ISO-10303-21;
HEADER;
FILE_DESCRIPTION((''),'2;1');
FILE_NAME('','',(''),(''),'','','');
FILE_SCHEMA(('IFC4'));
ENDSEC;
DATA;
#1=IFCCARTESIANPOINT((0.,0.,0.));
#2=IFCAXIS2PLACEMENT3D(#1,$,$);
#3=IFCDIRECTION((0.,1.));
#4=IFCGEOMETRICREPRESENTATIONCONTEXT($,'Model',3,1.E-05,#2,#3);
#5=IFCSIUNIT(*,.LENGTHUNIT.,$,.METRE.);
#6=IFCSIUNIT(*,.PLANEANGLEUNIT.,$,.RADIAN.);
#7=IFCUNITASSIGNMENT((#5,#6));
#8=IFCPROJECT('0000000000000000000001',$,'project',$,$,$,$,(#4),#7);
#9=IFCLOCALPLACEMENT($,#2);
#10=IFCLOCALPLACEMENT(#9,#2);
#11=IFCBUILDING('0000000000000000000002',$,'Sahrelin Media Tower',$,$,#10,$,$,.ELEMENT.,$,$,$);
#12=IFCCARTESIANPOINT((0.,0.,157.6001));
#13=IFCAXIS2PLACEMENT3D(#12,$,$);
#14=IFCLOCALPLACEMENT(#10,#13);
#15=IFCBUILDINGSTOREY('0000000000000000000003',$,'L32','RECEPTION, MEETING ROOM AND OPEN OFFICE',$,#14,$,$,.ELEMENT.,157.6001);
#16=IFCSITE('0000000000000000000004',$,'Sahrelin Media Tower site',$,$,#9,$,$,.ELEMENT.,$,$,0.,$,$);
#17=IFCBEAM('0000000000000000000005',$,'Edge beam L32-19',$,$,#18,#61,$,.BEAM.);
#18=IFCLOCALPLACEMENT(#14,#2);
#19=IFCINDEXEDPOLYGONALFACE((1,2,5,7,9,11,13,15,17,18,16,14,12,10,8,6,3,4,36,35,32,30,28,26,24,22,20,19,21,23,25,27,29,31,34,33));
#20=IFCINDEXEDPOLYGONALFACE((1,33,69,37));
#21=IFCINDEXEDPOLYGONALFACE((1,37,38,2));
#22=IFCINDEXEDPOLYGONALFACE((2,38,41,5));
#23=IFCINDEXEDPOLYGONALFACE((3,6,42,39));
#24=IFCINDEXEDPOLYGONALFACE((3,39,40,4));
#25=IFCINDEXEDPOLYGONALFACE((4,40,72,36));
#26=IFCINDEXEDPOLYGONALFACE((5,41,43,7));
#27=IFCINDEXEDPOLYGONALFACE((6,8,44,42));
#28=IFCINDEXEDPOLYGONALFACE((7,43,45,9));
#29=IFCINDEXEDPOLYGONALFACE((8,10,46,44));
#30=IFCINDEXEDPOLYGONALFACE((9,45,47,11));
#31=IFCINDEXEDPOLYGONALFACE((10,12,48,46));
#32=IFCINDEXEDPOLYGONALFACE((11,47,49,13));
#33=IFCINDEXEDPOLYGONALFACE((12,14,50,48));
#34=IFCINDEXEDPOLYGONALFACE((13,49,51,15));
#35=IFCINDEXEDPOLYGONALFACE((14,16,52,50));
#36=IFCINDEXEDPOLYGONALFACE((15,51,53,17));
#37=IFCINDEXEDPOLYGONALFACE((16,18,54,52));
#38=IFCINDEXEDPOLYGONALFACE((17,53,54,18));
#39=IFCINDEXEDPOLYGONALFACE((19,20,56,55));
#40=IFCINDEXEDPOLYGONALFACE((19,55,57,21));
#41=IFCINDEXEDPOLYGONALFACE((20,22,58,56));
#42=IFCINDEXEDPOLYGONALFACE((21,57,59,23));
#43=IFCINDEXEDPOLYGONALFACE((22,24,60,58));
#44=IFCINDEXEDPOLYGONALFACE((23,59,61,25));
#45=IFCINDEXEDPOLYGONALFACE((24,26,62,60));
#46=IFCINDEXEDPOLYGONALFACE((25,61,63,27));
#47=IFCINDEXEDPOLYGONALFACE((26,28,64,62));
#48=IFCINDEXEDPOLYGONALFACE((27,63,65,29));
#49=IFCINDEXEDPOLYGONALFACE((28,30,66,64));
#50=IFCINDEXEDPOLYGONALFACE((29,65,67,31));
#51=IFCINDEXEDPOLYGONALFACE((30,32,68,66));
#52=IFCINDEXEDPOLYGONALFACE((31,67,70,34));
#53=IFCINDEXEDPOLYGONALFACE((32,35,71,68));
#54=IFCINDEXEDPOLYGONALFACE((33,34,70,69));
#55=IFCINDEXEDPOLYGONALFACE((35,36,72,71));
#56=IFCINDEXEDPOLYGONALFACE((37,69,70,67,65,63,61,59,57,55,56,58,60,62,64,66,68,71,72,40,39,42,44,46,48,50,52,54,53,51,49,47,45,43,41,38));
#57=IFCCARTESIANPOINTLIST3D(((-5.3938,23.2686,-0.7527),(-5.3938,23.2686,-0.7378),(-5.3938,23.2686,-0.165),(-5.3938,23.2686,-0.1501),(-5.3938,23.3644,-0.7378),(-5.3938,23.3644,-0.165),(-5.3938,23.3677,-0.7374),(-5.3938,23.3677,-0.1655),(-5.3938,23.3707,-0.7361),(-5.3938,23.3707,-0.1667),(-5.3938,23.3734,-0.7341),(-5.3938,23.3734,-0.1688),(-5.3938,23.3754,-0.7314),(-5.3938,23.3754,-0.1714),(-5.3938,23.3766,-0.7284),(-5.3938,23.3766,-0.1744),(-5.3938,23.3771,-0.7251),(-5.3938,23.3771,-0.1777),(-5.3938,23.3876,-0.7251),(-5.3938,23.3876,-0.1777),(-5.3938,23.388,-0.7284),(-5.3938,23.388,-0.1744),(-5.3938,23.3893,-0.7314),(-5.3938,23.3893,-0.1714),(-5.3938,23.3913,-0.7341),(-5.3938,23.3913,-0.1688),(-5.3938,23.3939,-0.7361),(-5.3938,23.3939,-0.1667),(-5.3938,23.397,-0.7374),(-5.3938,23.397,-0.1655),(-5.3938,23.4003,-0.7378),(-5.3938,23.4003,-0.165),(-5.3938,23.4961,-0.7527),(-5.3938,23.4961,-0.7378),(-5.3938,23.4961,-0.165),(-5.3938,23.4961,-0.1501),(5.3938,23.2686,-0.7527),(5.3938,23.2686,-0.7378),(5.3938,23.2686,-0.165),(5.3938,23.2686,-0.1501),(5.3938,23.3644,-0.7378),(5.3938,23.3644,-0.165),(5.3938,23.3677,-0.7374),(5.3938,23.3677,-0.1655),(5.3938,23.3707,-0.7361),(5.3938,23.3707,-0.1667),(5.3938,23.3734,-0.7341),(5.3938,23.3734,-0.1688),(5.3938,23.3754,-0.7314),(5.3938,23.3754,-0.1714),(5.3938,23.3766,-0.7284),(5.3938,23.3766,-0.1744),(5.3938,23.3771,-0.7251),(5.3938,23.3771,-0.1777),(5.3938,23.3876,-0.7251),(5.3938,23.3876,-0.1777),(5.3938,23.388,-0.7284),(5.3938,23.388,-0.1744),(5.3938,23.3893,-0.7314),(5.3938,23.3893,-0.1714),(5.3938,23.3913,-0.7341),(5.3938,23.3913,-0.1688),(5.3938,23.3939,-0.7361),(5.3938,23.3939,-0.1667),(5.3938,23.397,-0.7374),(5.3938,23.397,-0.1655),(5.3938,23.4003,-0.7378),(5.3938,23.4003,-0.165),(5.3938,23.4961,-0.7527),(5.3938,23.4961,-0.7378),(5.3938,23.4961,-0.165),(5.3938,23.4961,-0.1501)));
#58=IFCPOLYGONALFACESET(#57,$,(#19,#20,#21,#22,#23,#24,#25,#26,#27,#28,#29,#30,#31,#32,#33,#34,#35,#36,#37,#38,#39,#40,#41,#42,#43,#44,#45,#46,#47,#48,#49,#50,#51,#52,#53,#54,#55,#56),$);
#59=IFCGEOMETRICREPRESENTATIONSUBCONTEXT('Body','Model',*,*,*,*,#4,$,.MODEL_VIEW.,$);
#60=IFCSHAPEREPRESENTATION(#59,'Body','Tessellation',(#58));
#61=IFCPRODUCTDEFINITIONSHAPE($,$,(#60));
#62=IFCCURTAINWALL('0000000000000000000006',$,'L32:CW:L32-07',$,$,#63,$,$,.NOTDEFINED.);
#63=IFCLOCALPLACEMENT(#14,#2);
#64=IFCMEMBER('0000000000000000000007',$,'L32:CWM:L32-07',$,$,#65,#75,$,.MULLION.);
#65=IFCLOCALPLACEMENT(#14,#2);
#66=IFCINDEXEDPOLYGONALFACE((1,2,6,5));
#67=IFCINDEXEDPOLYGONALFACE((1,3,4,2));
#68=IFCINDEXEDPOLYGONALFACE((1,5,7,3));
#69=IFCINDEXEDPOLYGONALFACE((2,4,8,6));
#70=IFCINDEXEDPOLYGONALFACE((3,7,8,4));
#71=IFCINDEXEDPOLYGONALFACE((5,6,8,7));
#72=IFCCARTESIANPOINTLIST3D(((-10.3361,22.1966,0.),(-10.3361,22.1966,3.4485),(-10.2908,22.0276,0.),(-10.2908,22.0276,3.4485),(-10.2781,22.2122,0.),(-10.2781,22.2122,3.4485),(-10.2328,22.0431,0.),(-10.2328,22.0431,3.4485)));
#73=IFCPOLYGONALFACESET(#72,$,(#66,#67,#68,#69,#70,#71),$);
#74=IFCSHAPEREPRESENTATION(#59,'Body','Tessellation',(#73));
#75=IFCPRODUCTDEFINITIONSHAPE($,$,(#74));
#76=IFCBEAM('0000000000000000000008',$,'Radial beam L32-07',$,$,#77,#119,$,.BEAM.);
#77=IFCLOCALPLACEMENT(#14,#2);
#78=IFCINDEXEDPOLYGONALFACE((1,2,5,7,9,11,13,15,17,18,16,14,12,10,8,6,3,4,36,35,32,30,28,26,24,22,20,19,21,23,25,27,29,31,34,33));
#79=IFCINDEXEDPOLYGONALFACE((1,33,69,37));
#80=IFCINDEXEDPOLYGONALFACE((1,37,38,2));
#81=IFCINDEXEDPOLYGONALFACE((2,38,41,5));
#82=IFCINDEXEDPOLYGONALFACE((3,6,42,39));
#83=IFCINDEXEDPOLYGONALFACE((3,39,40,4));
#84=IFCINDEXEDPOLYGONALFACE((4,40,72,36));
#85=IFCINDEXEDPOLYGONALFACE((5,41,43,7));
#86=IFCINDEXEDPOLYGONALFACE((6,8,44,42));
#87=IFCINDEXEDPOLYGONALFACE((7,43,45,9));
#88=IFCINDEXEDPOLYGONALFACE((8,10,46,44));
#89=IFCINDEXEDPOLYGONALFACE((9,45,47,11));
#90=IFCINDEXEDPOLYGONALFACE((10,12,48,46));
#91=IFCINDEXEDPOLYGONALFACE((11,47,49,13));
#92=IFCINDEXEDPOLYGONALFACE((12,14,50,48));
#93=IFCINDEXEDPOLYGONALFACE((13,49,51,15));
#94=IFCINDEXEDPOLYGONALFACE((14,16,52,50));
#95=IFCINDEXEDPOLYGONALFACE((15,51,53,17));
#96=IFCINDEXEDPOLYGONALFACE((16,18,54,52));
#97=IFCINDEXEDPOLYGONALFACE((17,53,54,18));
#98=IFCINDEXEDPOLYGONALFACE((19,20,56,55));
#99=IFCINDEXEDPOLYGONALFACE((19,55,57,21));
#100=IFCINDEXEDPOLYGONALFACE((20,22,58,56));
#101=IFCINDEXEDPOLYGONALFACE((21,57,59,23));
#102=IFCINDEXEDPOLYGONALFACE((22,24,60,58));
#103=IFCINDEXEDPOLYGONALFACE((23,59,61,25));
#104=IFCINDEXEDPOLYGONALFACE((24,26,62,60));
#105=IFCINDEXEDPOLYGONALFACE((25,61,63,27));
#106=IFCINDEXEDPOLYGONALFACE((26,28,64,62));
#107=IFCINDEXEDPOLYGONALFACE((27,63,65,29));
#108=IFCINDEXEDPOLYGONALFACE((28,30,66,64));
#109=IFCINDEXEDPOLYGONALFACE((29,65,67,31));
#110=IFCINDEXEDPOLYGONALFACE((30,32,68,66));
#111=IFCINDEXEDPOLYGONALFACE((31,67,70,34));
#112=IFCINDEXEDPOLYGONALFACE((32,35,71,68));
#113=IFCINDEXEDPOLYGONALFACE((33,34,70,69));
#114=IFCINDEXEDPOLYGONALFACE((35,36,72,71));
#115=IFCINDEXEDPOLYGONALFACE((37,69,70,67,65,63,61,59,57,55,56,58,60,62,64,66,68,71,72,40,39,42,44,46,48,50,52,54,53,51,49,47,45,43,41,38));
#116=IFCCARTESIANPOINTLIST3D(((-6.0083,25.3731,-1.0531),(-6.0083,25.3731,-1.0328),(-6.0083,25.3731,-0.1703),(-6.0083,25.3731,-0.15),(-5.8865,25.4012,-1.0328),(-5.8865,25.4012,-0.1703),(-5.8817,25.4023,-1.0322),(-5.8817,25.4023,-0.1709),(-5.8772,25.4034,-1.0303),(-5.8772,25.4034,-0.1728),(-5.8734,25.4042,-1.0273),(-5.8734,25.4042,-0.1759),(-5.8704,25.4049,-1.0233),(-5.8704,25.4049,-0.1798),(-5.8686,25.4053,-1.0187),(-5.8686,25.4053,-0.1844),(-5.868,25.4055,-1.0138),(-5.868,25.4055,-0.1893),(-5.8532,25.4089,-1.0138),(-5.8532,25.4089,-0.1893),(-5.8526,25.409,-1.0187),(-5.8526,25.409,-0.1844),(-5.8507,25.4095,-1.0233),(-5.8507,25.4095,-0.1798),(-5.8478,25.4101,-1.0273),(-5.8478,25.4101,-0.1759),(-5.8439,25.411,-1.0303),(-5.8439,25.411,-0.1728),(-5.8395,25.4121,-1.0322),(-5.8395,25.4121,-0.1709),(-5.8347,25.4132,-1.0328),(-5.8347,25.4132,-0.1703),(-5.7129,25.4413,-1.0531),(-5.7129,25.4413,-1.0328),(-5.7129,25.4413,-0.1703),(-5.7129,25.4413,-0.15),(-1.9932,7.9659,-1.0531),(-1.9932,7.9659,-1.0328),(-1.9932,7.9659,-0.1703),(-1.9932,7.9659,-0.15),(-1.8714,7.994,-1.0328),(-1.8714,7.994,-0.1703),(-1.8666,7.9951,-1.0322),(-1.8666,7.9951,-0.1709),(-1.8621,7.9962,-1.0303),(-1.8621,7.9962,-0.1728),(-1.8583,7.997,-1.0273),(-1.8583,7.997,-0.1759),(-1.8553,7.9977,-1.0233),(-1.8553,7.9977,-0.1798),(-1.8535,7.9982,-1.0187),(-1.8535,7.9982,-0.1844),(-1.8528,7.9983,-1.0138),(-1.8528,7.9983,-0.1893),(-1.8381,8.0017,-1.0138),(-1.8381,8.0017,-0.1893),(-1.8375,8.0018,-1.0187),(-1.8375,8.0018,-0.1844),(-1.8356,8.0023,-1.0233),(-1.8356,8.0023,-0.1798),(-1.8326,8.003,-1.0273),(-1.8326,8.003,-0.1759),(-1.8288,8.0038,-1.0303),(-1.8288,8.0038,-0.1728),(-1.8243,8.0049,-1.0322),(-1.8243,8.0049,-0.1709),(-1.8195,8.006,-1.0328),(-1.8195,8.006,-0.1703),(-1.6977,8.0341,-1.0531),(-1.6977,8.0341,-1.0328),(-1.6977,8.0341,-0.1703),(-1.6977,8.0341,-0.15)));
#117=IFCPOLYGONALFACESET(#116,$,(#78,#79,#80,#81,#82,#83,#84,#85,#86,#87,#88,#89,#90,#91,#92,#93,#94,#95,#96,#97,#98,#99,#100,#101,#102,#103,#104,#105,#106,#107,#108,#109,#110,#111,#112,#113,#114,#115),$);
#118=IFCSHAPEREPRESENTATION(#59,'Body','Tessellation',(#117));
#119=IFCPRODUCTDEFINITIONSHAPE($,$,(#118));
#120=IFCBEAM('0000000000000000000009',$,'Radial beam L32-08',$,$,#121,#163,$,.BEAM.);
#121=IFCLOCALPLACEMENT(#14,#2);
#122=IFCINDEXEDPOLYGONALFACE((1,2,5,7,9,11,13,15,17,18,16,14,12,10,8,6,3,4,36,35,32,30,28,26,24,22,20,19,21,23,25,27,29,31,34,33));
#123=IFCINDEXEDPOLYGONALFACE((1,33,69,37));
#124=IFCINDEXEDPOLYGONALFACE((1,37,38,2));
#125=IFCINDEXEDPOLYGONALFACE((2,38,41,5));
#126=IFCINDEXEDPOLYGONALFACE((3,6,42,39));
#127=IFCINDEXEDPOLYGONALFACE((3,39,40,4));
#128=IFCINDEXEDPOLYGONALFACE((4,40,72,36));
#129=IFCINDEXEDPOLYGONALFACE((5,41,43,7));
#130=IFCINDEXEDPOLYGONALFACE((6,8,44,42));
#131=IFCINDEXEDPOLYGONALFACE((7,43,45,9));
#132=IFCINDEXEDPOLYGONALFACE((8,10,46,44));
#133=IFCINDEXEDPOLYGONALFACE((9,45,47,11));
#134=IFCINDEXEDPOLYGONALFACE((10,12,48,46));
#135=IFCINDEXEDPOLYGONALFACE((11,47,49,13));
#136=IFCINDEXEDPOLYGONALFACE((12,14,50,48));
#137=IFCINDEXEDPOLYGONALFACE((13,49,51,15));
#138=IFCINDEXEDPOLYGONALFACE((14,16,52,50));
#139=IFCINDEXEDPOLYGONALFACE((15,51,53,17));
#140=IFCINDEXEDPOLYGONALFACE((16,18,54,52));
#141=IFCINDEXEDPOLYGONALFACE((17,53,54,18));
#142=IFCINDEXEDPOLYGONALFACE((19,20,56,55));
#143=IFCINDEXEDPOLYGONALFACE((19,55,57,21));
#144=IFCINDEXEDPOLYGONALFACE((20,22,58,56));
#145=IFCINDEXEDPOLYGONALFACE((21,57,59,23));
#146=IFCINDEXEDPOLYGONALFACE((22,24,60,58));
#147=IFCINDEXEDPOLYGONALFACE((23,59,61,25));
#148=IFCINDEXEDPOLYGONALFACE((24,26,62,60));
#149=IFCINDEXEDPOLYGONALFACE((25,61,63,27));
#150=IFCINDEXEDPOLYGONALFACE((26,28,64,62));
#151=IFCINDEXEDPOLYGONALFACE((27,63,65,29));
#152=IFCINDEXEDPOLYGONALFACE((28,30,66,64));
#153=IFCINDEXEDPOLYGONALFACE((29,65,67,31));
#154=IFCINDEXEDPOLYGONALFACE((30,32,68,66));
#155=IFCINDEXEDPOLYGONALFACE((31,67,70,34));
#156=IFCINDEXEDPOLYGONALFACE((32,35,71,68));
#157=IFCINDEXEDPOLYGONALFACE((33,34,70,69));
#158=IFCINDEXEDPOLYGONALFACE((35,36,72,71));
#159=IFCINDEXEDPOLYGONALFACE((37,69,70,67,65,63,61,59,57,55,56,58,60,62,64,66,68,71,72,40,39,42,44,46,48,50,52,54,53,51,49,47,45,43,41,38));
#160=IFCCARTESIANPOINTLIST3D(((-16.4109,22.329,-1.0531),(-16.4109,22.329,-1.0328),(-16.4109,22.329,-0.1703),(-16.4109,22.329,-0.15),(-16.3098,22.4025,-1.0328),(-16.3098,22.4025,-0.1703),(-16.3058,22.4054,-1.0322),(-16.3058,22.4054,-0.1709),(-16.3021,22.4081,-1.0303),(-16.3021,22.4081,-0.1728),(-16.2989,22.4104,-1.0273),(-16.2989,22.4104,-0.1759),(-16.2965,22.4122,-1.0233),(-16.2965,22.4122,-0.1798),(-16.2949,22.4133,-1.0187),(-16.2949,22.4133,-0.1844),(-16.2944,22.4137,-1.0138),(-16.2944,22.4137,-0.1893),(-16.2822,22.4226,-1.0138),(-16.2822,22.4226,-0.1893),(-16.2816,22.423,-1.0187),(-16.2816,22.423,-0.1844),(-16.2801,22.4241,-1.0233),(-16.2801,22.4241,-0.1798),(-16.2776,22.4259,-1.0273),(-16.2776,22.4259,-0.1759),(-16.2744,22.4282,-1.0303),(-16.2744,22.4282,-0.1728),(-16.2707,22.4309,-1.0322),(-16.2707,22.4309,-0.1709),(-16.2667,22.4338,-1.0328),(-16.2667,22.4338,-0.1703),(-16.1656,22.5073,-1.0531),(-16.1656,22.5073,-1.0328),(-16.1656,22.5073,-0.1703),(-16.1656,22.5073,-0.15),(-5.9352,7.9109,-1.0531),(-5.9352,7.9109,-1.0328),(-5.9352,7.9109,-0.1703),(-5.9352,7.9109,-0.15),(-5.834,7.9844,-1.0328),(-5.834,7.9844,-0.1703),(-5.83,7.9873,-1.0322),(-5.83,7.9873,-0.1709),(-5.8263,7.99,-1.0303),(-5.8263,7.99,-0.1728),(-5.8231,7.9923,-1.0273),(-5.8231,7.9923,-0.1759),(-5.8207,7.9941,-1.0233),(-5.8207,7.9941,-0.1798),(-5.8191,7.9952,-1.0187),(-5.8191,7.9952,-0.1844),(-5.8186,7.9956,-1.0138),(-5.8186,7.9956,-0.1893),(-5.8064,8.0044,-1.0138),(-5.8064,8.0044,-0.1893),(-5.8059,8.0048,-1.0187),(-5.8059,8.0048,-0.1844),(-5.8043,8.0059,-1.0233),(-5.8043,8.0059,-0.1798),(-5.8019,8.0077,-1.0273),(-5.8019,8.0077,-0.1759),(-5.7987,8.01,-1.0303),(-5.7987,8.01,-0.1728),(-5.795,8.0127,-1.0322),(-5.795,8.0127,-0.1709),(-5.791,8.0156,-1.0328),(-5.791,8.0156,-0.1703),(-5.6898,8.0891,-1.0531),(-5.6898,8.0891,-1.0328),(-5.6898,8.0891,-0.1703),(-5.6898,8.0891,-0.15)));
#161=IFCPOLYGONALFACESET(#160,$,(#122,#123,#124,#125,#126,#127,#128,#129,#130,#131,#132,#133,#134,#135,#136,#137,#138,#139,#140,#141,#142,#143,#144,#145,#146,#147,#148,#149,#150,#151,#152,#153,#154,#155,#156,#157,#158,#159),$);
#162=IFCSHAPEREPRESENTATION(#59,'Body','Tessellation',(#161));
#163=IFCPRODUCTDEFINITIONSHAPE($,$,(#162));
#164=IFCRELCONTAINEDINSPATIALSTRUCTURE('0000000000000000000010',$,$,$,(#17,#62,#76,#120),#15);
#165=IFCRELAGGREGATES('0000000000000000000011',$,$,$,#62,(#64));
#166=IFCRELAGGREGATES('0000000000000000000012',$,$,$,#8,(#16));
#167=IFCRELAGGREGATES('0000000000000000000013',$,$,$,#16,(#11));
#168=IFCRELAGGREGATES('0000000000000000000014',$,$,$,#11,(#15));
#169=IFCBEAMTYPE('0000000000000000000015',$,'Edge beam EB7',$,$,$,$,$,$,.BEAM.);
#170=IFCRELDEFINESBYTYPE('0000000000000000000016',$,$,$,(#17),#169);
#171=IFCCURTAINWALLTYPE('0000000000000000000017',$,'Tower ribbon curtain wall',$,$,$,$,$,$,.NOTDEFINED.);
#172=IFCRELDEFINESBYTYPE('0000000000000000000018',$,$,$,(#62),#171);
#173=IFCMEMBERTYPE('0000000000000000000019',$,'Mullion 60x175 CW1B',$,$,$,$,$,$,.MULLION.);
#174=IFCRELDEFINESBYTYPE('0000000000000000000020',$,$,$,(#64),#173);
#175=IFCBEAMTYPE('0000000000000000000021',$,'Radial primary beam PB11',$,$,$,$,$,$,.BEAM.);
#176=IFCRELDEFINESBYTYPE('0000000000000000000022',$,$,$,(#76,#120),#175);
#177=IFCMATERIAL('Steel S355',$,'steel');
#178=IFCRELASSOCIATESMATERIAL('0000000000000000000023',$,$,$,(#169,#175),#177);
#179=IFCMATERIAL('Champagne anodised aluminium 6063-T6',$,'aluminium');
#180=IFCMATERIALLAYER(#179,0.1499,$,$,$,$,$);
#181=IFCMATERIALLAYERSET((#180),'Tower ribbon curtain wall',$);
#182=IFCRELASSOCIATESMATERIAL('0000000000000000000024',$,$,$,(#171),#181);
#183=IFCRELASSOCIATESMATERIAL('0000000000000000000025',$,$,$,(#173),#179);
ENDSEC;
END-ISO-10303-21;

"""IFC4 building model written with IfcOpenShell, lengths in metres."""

from ifc_helpers import new_model, si_unit, direction, frame, origin, origin_2d, place, context, subcontext, project, spatial, rectangle, i_section, extrude, material, layer, layer_set, material_profile, profile_set, type_object, element, aggregate, save


model = new_model("IFC4")

# Units and contexts
model_context = context("Model", 3, precision=1e-05, world=origin(), true_north=direction((0.0, 1.0)))
body_context = subcontext(model_context, "Body", "Model", "MODEL_VIEW")
ifc_project = project(units=[si_unit("LENGTHUNIT", "METRE"), si_unit("PLANEANGLEUNIT", "RADIAN")], contexts=[model_context])

# Site, building, storey
site_placement = place(None, origin())
site = spatial("IfcSite", under=ifc_project, at=site_placement, Name="Sahrelin Media Tower site", CompositionType="ELEMENT", RefElevation=0.0)
building_placement = place(site_placement, origin())
building = spatial("IfcBuilding", under=site, at=building_placement, Name="Sahrelin Media Tower", CompositionType="ELEMENT")
storey_placement = place(building_placement, frame((0.0, 0.0, 157.6001)))
storey = spatial("IfcBuildingStorey", under=building, at=storey_placement, Name="L32", Description="RECEPTION, MEETING ROOM AND OPEN OFFICE", CompositionType="ELEMENT", Elevation=157.6001)

# Beam
ifc_material_1 = material(Name="Steel S355", Category="steel")
ifc_material_profile_1 = material_profile(ifc_material_1, i_section(OverallWidth=0.2275, OverallDepth=0.6025, WebThickness=0.0105, FlangeThickness=0.0149, FilletRadius=0.0127, at=origin_2d()), Name="UB 610x229x101")
ifc_profile_set_1 = profile_set([ifc_material_profile_1], Name="Steel S355")
beam_type_1 = type_object("IfcBeamType", Name="Edge beam EB7", PredefinedType="BEAM", material=ifc_profile_set_1)
beam_1_placement = place(storey_placement, frame((-5.3938, 23.3823, -0.4514), z_axis=(1.0, 0.0, 0.0), x_axis=(0.0, 1.0, 0.0)))
element("IfcBeam", 1, at=beam_1_placement, inside=storey, type_object=beam_type_1, Name="Edge beam L32-19", PredefinedType="BEAM", context=body_context, shape_type="SweptSolid", body=[
    extrude(i_section(OverallWidth=0.2275, OverallDepth=0.6025, WebThickness=0.0105, FlangeThickness=0.0149, FilletRadius=0.0127, at=origin_2d()), origin(), (0.0, 0.0, 1.0), 10.7876),
])

# Curtain wall, member
ifc_material_2 = material(Name="Champagne anodised aluminium 6063-T6", Category="aluminium")
ifc_layer_1 = layer(ifc_material_2, 0.1499)
ifc_layer_set_1 = layer_set([ifc_layer_1], Name="Tower ribbon curtain wall")
curtain_wall_type = type_object("IfcCurtainWallType", Name="Tower ribbon curtain wall", PredefinedType="NOTDEFINED", material=ifc_layer_set_1)
curtain_wall_placement = place(storey_placement, frame((-10.3123, 22.2236, 0.0), z_axis=(0.0, 0.0, 1.0), x_axis=(1.0, 0.0, 0.0)))
curtain_wall = element("IfcCurtainWall", 2, at=curtain_wall_placement, inside=storey, type_object=curtain_wall_type, Name="L32:CW:L32-07", PredefinedType="NOTDEFINED")
ifc_material_profile_2 = material_profile(ifc_material_2, rectangle(XDim=0.0601, YDim=0.175, at=origin_2d()), Name="Mullion 60x175")
ifc_profile_set_2 = profile_set([ifc_material_profile_2], Name="Champagne anodised aluminium 6063-T6")
member_type_1 = type_object("IfcMemberType", Name="Mullion 60x175 CW1B", PredefinedType="MULLION", material=ifc_profile_set_2)
member_1_placement = place(storey_placement, frame((-10.2844, 22.1199, 0.0), z_axis=(0.0, 0.0, 1.0), x_axis=(-0.965927, -0.258816, 0.0)))
member_1 = element("IfcMember", 3, at=member_1_placement, type_object=member_type_1, Name="L32:CWM:L32-07", PredefinedType="MULLION", context=body_context, shape_type="SweptSolid", body=[
    extrude(rectangle(XDim=0.0601, YDim=0.175, at=origin_2d()), origin(), (0.0, 0.0, 1.0), 3.4485),
])

# Beams
ifc_material_profile_3 = material_profile(ifc_material_1, i_section(OverallWidth=0.3032, OverallDepth=0.9031, WebThickness=0.0151, FlangeThickness=0.0203, FilletRadius=0.019, at=origin_2d()), Name="UB 914x305x201")
ifc_profile_set_3 = profile_set([ifc_material_profile_3], Name="Steel S355")
beam_type_2 = type_object("IfcBeamType", Name="Radial primary beam PB11", PredefinedType="BEAM", material=ifc_profile_set_3)
beam_2_placement = place(storey_placement, frame((-1.8455, 8.0, -0.6016), z_axis=(-0.224758, 0.974415, 0.0), x_axis=(-0.974415, -0.224758, 0.0)))
element("IfcBeam", 4, at=beam_2_placement, inside=storey, type_object=beam_type_2, Name="Radial beam L32-07", PredefinedType="BEAM", context=body_context, shape_type="SweptSolid", body=[
    extrude(i_section(OverallWidth=0.3032, OverallDepth=0.9031, WebThickness=0.0151, FlangeThickness=0.0203, FilletRadius=0.019, at=origin_2d()), origin(), (0.0, 0.0, 1.0), 17.8643),
])
beam_3_placement = place(storey_placement, frame((-5.8125, 8.0, -0.6016), z_axis=(-0.587799, 0.809007, 0.0), x_axis=(-0.809007, -0.587799, 0.0)))
element("IfcBeam", 5, at=beam_3_placement, inside=storey, type_object=beam_type_2, Name="Radial beam L32-08", PredefinedType="BEAM", context=body_context, shape_type="SweptSolid", body=[
    extrude(i_section(OverallWidth=0.3032, OverallDepth=0.9031, WebThickness=0.0151, FlangeThickness=0.0203, FilletRadius=0.019, at=origin_2d()), origin(), (0.0, 0.0, 1.0), 17.822),
])

aggregate(curtain_wall, [member_1])

save(model, "model.ifc")
